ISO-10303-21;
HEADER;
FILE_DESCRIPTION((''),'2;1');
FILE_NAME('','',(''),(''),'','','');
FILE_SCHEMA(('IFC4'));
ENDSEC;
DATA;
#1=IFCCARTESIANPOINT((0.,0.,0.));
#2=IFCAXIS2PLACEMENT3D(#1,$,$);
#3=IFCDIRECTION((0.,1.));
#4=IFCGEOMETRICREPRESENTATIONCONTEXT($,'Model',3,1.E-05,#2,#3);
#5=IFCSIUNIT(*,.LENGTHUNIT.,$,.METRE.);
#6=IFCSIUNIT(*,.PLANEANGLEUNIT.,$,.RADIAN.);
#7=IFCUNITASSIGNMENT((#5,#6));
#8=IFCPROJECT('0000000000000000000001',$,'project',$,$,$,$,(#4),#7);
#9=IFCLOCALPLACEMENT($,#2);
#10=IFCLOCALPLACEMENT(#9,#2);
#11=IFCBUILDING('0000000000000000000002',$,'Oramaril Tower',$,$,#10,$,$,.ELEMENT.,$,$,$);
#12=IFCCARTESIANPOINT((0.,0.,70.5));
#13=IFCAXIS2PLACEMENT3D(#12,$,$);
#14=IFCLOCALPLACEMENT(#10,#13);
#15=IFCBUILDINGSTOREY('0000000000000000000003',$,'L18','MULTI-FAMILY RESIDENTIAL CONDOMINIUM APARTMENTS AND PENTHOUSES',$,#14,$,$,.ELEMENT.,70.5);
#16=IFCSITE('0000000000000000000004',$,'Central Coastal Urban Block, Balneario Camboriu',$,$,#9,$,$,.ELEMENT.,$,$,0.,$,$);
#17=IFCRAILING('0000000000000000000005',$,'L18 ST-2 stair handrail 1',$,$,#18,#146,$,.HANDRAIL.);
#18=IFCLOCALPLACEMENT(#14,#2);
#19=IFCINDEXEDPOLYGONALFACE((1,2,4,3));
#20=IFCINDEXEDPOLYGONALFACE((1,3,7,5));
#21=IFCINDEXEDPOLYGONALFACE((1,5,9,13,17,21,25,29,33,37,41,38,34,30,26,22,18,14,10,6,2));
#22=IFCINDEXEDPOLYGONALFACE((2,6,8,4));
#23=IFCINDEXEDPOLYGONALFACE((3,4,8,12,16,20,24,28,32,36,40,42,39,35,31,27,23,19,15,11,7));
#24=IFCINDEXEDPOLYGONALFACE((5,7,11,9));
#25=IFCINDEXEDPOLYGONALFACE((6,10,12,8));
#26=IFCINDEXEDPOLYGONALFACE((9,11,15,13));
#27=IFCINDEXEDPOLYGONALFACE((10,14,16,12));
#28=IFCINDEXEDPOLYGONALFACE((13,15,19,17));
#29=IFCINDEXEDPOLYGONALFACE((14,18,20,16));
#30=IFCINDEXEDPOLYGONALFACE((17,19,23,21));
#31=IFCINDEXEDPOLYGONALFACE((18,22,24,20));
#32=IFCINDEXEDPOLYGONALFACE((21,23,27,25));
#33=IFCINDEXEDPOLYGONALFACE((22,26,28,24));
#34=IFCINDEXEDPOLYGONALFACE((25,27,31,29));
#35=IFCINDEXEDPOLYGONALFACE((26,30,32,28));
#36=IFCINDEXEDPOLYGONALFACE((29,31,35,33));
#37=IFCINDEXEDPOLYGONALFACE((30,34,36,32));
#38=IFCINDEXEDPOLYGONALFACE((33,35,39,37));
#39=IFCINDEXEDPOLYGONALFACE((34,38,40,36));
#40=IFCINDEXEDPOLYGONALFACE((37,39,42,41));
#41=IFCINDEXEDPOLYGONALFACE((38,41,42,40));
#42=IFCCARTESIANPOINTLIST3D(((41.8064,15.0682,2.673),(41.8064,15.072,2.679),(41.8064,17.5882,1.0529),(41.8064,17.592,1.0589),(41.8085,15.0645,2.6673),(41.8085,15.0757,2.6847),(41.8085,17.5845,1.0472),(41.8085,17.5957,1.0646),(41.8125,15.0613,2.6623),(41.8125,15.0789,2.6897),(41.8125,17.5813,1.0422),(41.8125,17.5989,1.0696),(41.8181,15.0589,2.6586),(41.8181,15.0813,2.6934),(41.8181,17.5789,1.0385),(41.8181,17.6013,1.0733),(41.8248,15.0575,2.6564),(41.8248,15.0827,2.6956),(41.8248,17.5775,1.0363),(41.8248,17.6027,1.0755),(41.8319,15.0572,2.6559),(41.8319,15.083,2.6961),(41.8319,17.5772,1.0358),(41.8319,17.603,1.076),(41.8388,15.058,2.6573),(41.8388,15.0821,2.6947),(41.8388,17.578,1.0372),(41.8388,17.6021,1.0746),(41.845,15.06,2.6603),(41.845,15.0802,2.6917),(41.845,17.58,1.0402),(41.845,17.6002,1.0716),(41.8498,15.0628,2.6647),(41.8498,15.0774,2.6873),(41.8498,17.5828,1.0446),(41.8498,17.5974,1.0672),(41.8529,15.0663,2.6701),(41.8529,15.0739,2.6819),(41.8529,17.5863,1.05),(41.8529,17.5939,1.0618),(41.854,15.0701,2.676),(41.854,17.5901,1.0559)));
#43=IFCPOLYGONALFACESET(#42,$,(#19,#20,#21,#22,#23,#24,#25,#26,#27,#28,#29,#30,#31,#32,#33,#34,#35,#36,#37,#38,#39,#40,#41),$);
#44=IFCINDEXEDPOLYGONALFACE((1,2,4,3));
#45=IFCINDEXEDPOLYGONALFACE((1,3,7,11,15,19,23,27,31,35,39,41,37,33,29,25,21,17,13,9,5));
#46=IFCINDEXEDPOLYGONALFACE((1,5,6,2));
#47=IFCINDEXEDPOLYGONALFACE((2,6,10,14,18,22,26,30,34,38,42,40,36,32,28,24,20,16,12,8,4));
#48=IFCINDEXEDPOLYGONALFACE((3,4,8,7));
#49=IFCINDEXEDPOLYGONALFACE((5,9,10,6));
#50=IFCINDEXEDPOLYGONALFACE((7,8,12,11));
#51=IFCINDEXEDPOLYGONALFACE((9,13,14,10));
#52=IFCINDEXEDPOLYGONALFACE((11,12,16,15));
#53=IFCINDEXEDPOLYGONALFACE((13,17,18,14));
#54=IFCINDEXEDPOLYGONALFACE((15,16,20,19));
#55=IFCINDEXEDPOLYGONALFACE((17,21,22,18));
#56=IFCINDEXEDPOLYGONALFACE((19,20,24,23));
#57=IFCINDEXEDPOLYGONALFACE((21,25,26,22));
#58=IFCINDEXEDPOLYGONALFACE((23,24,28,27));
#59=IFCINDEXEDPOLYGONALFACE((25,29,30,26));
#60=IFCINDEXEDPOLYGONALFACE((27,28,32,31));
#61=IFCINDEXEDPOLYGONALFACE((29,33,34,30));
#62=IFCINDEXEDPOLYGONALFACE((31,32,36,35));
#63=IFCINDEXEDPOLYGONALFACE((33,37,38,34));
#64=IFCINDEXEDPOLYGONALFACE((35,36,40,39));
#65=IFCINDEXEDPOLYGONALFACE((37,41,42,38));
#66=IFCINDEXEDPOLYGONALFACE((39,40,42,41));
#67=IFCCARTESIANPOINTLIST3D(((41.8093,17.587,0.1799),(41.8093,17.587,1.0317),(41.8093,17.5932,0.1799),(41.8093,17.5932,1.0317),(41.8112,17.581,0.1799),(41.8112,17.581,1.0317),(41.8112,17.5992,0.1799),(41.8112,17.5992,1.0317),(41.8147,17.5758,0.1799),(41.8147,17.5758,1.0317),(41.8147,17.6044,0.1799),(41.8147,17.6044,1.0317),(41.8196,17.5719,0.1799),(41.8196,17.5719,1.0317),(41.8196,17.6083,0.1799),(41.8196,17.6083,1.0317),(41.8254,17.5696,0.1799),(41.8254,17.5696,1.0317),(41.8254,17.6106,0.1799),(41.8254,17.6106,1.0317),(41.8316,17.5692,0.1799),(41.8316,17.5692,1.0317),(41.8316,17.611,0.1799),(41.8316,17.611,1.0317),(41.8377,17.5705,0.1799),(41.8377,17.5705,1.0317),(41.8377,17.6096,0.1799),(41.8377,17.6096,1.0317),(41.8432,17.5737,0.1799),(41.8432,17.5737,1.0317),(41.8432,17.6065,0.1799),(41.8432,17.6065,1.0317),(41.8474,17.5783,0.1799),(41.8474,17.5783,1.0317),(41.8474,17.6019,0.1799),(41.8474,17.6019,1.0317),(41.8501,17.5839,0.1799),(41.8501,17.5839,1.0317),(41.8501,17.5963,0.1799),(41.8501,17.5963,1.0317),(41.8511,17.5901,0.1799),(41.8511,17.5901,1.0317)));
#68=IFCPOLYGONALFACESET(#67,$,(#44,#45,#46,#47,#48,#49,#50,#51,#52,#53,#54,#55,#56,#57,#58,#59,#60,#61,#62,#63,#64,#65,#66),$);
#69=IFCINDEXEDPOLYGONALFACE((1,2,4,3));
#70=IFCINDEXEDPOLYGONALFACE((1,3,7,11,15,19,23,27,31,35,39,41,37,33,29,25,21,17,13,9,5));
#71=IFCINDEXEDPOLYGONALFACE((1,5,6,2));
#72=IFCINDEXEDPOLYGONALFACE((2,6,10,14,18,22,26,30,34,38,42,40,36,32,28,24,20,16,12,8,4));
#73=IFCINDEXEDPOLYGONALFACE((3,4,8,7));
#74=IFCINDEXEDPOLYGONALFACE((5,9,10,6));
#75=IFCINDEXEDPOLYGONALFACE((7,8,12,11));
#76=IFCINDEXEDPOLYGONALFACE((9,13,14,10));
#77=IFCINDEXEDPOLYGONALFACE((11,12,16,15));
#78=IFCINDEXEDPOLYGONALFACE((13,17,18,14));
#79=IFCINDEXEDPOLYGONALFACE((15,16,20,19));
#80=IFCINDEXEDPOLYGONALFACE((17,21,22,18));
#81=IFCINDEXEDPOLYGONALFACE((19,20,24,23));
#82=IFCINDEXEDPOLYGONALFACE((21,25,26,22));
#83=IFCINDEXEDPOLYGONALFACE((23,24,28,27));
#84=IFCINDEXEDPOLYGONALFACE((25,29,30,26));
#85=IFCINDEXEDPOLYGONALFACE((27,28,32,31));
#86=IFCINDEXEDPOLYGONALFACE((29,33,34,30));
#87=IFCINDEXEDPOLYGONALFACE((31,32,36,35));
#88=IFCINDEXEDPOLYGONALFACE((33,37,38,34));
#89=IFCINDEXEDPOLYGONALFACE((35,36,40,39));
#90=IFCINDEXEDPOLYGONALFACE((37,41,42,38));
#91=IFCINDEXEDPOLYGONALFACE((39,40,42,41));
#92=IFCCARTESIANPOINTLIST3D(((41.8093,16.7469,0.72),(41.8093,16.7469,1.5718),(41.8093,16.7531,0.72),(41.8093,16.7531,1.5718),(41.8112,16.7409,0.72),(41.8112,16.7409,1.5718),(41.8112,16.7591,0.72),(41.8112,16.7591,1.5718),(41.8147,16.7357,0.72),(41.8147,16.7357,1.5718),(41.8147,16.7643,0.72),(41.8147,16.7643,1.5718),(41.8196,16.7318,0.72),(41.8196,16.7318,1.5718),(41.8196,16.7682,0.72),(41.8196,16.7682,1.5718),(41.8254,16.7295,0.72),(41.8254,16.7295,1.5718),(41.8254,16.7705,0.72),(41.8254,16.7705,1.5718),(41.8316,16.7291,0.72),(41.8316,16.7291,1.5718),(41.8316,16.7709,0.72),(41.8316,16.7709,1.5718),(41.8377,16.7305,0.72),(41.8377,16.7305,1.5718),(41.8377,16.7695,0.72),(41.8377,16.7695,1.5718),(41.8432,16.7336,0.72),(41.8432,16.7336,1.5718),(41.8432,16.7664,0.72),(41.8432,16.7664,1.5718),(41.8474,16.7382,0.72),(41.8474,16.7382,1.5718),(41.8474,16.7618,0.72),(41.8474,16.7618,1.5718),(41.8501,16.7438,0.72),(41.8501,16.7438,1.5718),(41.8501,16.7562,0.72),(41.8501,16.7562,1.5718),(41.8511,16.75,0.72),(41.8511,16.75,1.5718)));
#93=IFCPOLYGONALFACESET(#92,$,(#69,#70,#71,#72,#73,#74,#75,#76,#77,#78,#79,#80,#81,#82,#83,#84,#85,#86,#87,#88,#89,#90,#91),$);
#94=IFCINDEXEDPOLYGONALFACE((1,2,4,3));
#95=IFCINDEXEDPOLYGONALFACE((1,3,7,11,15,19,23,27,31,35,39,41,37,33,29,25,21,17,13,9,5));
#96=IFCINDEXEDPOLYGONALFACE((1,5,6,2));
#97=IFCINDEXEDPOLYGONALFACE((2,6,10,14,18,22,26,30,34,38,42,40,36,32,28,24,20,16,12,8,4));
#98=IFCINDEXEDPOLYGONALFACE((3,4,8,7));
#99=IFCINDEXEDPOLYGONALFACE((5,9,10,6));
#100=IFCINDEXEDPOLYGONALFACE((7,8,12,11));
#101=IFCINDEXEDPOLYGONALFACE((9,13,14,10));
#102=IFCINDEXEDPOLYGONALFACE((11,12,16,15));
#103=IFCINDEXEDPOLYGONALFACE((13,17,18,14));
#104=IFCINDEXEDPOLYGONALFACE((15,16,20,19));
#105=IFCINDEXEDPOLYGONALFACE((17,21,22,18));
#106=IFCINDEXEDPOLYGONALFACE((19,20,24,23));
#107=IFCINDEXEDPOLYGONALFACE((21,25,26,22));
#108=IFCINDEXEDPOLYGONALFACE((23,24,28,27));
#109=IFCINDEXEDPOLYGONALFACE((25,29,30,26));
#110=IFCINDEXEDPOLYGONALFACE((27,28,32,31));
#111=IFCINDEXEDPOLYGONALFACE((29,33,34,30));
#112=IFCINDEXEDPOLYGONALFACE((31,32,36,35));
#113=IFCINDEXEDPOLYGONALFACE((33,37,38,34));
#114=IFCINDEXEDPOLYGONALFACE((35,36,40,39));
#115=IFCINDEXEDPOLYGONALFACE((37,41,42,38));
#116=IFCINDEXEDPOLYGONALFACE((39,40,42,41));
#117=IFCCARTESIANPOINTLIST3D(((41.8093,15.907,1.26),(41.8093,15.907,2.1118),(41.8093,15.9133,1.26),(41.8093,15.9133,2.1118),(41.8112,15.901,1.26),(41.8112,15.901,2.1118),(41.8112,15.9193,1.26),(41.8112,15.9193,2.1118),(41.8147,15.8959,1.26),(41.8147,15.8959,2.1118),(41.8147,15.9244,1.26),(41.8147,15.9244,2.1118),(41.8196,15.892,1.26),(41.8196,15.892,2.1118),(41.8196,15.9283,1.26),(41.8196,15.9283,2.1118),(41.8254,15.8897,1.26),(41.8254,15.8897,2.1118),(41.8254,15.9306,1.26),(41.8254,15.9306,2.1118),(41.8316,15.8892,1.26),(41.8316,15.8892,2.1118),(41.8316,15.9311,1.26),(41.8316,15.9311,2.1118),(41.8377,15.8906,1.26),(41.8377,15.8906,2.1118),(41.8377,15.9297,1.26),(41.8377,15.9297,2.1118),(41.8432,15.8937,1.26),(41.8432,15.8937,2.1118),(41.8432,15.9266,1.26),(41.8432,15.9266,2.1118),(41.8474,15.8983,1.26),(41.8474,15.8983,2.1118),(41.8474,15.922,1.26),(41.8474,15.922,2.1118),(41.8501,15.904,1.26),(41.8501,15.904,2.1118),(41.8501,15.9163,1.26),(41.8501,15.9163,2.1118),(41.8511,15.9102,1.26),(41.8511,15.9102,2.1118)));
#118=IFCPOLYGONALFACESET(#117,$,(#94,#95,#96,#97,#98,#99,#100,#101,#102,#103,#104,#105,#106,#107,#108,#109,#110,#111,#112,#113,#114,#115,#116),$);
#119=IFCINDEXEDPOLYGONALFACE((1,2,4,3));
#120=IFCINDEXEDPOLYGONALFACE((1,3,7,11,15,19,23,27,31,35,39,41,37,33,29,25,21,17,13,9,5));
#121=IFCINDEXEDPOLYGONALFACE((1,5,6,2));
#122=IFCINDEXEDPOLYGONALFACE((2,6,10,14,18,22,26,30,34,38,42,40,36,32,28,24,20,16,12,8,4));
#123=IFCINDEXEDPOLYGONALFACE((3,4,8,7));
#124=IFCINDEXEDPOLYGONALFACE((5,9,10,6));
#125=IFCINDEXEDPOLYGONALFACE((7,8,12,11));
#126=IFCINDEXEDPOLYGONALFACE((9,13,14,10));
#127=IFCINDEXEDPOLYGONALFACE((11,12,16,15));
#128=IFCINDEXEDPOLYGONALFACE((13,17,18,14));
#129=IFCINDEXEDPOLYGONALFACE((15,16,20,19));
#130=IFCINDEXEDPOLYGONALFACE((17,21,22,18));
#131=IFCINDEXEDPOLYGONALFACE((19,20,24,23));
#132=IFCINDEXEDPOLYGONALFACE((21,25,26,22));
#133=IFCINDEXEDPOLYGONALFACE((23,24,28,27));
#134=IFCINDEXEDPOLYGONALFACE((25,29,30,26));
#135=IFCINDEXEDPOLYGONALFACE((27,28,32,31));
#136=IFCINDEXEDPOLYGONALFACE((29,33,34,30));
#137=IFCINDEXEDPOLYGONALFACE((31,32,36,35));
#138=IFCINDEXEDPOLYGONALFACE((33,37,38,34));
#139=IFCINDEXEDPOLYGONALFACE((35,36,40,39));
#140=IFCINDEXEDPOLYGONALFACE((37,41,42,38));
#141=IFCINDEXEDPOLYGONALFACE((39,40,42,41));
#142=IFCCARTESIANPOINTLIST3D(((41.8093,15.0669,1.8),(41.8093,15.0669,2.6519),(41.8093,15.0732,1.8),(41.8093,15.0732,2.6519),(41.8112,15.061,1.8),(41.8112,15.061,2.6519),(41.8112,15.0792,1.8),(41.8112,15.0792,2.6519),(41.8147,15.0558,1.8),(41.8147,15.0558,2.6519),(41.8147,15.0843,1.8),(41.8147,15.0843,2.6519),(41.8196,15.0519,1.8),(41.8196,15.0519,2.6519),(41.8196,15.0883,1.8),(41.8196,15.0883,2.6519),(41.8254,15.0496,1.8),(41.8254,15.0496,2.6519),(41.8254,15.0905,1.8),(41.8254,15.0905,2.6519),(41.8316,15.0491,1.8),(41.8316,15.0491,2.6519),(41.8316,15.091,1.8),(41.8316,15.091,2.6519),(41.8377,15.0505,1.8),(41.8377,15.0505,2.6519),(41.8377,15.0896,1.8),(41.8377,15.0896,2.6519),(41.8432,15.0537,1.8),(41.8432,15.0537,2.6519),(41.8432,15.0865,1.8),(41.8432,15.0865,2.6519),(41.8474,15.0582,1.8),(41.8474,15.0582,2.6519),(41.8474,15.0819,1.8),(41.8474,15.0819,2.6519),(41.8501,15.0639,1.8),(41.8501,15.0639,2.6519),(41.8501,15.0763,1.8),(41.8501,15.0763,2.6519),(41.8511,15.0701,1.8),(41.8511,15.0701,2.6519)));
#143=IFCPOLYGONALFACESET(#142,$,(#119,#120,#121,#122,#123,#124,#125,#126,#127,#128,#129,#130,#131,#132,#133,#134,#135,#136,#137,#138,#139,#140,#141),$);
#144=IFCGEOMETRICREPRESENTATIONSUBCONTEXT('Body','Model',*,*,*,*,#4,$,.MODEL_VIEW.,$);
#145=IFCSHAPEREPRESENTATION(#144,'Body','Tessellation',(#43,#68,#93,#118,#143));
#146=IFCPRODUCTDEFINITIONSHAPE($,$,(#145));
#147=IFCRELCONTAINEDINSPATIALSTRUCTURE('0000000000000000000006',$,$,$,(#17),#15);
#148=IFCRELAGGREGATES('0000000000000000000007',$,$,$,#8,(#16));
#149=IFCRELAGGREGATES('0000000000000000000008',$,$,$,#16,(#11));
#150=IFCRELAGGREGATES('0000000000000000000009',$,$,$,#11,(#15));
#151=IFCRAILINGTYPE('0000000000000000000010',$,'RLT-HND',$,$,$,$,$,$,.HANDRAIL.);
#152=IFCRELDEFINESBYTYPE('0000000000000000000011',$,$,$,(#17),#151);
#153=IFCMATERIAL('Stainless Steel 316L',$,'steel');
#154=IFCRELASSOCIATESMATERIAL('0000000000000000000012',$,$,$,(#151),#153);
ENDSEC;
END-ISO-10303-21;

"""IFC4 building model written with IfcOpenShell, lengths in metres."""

from ifc_helpers import new_model, si_unit, direction, frame, origin, origin_2d, place, context, subcontext, project, spatial, circle, extrude, material, type_object, element, save


model = new_model("IFC4")

# Units and contexts
model_context = context("Model", 3, precision=1e-05, world=origin(), true_north=direction((0.0, 1.0)))
body_context = subcontext(model_context, "Body", "Model", "MODEL_VIEW")
ifc_project = project(units=[si_unit("LENGTHUNIT", "METRE"), si_unit("PLANEANGLEUNIT", "RADIAN")], contexts=[model_context])

# Site, building, storey
site_placement = place(None, origin())
site = spatial("IfcSite", under=ifc_project, at=site_placement, Name="Central Coastal Urban Block, Balneario Camboriu", CompositionType="ELEMENT", RefElevation=0.0)
building_placement = place(site_placement, origin())
building = spatial("IfcBuilding", under=site, at=building_placement, Name="Oramaril Tower", CompositionType="ELEMENT")
storey_placement = place(building_placement, frame((0.0, 0.0, 70.5)))
storey = spatial("IfcBuildingStorey", under=building, at=storey_placement, Name="L18", Description="MULTI-FAMILY RESIDENTIAL CONDOMINIUM APARTMENTS AND PENTHOUSES", CompositionType="ELEMENT", Elevation=70.5)

# Railing
ifc_material_1 = material(Name="Stainless Steel 316L", Category="steel")
railing_type_1 = type_object("IfcRailingType", Name="RLT-HND", PredefinedType="HANDRAIL", material=ifc_material_1)
railing_1_placement = place(storey_placement, frame((41.8301, 17.5901, 0.1799)))
element("IfcRailing", 1, at=railing_1_placement, inside=storey, type_object=railing_type_1, Name="L18 ST-2 stair handrail 1", PredefinedType="HANDRAIL", context=body_context, shape_type="SweptSolid", body=[
    extrude(circle(Radius=0.0239, at=origin_2d()), frame((0.0, 0.0, 0.876), z_axis=(0.0, -0.841163, 0.540782), x_axis=(1.0, 0.0, 0.0)), (0.0, 0.0, 1.0), 2.9958),
    extrude(circle(Radius=0.021, at=origin_2d()), origin(), (0.0, 0.0, 1.0), 0.8518),
    extrude(circle(Radius=0.021, at=origin_2d()), frame((0.0, -0.8401, 0.54)), (0.0, 0.0, 1.0), 0.8518),
    extrude(circle(Radius=0.021, at=origin_2d()), frame((0.0, -1.6799, 1.0801)), (0.0, 0.0, 1.0), 0.8518),
    extrude(circle(Radius=0.021, at=origin_2d()), frame((0.0, -2.52, 1.6201)), (0.0, 0.0, 1.0), 0.8518),
])

save(model, "model.ifc")
